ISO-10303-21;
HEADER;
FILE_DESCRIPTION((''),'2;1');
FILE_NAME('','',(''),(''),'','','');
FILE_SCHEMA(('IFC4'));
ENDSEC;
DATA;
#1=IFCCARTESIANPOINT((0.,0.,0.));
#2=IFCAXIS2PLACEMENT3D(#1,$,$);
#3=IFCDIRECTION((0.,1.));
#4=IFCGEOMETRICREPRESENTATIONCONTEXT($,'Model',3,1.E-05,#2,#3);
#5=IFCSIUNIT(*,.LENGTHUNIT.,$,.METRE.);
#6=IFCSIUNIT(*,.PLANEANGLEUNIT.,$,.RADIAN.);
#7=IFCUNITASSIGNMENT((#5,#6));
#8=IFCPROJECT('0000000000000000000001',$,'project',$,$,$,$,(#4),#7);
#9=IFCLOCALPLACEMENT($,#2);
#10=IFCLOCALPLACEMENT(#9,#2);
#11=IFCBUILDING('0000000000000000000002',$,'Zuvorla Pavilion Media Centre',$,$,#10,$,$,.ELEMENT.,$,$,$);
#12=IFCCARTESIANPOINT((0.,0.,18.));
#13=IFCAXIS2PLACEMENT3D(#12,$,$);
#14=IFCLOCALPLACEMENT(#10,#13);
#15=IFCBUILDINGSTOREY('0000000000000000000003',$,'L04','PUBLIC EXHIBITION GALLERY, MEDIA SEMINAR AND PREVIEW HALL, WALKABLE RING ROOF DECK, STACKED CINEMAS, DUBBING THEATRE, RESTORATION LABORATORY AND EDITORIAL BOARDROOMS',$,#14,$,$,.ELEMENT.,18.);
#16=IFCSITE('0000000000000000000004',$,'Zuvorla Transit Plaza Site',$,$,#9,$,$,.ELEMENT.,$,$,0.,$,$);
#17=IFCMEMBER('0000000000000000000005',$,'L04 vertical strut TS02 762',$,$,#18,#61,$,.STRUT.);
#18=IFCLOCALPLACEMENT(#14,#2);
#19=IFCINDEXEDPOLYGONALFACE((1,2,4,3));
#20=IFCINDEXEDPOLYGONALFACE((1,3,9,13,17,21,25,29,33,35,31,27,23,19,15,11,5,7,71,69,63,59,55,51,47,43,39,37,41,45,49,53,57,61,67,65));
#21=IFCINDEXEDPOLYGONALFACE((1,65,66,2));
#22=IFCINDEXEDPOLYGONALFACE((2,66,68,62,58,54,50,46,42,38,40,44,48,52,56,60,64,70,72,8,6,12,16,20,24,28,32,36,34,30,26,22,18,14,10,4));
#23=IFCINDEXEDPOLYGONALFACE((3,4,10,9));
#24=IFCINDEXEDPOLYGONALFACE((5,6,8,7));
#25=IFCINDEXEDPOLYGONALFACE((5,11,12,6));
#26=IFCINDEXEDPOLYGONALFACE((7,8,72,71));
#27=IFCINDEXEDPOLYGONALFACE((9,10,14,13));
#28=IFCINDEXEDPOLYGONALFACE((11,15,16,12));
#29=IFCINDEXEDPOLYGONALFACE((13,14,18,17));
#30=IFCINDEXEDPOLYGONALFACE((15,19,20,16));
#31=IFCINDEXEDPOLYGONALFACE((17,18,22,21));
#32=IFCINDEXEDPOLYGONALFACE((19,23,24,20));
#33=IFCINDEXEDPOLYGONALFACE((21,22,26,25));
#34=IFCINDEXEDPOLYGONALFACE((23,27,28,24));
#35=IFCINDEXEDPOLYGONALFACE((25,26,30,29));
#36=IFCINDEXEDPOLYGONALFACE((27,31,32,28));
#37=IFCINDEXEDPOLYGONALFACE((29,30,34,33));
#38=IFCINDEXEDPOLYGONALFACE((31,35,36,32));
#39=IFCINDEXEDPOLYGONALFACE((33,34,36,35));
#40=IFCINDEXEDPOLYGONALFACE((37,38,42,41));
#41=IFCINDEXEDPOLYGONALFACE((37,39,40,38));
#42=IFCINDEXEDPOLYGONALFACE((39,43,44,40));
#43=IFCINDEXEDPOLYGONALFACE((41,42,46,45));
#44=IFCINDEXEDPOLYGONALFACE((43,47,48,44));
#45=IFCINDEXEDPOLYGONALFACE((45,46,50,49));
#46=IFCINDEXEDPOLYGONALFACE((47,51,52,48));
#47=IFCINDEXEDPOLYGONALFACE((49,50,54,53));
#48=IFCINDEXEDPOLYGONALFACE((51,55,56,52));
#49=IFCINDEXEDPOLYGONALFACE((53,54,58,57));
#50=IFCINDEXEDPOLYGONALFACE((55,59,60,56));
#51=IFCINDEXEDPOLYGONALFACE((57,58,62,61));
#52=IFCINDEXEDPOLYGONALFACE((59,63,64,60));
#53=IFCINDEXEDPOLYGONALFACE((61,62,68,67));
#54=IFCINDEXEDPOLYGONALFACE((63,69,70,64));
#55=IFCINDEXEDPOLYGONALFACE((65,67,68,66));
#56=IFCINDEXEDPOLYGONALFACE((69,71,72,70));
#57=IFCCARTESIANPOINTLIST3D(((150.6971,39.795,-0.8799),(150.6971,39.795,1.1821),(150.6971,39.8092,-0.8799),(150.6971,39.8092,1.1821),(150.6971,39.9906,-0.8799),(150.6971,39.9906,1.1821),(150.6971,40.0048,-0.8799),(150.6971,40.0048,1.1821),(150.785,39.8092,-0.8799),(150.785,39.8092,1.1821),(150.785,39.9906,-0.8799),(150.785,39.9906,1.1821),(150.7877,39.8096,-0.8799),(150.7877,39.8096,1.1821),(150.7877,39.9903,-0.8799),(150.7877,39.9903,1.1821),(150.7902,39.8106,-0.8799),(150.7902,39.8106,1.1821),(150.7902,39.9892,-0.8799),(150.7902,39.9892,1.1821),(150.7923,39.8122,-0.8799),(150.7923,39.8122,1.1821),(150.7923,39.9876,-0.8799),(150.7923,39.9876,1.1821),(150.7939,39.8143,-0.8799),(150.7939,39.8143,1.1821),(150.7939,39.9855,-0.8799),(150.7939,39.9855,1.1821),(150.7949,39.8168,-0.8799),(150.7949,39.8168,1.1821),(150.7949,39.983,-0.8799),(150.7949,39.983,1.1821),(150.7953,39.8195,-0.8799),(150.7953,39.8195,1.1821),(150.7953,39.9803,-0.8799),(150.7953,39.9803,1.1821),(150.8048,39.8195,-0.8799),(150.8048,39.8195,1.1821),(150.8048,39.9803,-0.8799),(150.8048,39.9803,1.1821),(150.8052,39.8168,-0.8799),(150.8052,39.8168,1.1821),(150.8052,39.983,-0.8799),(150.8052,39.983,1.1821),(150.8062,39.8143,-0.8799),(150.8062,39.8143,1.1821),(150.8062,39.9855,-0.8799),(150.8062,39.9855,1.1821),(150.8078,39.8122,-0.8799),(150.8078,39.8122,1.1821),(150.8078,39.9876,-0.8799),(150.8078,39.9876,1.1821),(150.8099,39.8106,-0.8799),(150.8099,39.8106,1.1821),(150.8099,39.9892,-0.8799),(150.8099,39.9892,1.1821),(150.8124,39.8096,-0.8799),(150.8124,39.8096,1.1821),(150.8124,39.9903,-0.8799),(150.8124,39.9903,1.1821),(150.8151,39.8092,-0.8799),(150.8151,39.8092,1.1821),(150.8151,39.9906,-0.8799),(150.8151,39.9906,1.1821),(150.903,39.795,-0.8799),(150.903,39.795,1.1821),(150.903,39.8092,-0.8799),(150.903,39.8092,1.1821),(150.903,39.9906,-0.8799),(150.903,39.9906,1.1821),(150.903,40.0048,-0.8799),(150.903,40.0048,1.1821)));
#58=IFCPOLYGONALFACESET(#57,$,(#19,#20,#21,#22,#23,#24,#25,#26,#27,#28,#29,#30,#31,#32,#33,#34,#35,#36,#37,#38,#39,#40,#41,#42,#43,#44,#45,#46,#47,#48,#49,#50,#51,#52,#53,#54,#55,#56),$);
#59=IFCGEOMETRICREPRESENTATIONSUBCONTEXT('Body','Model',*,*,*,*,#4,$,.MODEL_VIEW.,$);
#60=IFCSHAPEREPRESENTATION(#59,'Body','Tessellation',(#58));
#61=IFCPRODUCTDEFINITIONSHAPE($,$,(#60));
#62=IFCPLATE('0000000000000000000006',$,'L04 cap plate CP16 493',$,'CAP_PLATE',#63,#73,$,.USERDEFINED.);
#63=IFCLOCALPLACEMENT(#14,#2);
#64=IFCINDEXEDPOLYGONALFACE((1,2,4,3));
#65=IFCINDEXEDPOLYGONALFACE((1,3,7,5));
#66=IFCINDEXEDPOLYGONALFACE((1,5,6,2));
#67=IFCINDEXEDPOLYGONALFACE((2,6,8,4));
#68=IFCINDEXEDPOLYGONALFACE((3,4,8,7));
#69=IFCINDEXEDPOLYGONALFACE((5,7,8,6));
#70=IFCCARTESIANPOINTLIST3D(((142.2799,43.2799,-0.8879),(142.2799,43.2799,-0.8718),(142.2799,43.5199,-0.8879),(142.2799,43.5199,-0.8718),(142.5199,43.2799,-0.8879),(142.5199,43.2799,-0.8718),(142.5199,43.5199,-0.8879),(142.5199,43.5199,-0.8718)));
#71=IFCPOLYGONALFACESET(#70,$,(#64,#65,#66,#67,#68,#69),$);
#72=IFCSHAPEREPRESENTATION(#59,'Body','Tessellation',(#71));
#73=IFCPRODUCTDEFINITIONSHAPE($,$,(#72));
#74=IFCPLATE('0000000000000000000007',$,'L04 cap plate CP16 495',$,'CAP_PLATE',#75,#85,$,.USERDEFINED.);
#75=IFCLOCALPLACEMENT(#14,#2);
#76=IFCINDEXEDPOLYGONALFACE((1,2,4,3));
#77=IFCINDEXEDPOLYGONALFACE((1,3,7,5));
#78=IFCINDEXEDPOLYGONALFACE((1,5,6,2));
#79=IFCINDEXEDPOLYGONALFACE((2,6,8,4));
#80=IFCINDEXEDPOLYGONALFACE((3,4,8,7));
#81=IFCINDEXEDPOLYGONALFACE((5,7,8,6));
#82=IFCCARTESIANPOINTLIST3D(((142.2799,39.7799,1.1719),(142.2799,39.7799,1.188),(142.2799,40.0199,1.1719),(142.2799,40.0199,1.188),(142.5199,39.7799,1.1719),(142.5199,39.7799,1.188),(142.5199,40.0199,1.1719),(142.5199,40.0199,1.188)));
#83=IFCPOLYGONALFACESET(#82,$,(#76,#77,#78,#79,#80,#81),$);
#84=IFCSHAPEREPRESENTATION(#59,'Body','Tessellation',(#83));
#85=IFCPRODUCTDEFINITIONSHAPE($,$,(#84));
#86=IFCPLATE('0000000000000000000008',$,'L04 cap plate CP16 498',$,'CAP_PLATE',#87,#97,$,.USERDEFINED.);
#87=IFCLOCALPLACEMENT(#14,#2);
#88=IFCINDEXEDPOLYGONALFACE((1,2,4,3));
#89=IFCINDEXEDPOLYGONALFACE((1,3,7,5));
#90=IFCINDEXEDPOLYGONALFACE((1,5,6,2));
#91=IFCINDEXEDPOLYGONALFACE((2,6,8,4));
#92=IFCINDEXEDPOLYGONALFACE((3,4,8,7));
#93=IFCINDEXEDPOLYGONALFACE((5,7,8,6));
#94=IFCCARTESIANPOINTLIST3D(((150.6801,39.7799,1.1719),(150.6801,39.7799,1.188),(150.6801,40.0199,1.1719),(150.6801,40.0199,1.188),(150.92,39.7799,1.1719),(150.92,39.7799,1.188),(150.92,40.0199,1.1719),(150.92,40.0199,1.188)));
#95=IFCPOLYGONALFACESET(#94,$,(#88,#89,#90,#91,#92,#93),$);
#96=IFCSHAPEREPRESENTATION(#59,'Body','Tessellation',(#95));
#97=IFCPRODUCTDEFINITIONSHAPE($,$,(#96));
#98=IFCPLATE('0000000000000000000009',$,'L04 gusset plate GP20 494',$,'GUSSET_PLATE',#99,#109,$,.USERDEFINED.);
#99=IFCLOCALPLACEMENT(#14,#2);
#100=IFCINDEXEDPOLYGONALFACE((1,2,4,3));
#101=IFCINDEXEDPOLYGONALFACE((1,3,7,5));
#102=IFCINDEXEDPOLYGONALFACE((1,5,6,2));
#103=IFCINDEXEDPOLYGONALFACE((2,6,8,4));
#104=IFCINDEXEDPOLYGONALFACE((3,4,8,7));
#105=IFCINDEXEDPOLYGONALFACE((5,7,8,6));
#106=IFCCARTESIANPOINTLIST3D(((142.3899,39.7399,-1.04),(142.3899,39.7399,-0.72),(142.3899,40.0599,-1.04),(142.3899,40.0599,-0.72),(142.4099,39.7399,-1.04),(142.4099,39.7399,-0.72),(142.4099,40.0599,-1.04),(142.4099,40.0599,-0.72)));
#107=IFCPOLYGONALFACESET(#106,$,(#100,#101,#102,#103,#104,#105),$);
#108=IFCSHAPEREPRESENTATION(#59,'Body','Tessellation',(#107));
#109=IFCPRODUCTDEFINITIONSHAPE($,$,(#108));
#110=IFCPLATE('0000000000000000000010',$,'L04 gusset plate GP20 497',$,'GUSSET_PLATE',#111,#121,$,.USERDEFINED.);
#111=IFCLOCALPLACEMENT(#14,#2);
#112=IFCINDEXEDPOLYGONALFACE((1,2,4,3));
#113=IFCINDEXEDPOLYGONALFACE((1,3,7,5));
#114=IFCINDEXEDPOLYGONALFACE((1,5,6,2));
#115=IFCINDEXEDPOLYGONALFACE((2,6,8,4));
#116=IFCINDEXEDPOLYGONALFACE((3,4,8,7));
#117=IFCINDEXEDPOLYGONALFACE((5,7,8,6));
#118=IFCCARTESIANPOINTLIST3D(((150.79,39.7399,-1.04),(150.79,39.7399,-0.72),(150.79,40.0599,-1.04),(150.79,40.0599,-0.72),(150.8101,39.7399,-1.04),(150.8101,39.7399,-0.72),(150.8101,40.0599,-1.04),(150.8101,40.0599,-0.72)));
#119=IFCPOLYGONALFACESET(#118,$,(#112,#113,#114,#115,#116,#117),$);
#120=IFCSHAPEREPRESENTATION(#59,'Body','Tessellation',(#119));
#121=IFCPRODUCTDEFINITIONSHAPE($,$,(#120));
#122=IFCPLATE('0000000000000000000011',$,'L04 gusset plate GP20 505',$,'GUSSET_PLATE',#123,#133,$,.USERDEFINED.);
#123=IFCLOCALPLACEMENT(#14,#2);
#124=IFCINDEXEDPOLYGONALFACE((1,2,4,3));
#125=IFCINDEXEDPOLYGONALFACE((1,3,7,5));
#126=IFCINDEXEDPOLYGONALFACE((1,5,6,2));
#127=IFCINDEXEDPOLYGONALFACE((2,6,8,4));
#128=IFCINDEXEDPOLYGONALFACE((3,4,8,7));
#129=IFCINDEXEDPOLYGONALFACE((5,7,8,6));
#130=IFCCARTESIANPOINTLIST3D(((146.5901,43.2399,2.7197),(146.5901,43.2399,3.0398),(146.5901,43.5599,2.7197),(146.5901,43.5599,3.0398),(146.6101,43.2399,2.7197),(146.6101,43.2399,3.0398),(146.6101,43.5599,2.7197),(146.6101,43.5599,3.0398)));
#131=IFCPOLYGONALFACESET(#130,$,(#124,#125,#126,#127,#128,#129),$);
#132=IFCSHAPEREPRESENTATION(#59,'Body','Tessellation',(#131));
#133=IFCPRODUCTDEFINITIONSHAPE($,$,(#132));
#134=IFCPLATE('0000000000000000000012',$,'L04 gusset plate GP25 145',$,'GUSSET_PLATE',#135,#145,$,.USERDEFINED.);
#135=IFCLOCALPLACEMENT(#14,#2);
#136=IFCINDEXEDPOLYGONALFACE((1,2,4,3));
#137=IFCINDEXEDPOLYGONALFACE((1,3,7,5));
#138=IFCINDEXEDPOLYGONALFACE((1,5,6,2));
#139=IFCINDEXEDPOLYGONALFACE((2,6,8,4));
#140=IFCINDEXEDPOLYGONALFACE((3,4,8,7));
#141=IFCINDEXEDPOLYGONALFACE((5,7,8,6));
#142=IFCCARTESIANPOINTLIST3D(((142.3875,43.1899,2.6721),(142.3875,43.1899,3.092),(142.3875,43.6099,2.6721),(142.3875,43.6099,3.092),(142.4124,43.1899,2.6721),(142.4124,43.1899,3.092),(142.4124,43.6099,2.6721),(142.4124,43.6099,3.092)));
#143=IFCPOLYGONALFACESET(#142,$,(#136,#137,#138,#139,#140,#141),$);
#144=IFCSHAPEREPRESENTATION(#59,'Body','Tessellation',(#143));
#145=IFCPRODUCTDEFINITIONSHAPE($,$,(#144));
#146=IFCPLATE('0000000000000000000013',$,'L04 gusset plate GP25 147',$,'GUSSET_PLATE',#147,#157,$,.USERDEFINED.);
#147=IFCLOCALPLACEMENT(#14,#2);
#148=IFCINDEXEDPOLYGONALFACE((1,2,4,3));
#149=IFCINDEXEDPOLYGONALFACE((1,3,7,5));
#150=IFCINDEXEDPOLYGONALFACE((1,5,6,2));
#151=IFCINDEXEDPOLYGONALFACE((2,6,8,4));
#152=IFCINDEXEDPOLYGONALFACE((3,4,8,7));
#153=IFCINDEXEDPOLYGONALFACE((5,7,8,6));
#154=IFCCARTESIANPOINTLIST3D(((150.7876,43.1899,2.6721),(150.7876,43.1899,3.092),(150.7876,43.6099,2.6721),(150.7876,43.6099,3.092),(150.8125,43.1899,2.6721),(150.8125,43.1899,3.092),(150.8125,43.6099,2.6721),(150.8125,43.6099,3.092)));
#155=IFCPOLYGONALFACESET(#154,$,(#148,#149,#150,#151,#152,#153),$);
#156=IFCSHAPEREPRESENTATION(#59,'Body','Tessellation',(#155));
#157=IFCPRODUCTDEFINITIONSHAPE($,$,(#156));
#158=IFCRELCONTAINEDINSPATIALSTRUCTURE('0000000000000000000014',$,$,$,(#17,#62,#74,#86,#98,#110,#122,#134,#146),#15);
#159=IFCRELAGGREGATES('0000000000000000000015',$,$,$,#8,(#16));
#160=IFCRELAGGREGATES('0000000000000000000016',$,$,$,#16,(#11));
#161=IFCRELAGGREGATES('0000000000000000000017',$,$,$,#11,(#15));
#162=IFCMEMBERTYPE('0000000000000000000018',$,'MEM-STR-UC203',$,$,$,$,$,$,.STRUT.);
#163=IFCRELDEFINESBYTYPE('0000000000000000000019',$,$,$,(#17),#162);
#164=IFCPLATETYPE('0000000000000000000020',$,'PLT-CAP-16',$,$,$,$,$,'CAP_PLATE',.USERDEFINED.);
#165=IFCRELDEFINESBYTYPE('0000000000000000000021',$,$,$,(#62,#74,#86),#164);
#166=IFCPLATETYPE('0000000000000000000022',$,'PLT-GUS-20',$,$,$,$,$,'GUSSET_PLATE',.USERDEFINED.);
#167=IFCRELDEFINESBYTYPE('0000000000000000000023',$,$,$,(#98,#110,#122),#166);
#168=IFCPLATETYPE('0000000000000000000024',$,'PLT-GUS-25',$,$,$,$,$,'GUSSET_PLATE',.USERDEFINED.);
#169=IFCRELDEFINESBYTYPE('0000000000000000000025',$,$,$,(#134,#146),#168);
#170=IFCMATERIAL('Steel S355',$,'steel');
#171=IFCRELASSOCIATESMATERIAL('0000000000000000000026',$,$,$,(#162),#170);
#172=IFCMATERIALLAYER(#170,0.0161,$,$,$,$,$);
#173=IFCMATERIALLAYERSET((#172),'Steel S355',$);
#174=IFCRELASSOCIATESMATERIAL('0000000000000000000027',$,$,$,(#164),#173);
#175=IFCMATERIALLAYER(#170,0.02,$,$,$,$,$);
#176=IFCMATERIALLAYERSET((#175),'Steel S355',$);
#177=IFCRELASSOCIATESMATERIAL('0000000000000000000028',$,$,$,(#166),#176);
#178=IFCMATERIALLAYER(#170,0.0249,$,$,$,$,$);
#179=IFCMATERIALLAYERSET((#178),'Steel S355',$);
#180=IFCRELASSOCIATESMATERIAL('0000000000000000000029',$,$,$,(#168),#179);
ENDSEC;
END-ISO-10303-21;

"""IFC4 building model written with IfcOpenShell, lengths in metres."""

from ifc_helpers import new_model, si_unit, direction, frame, origin, origin_2d, place, context, subcontext, project, spatial, rectangle, i_section, extrude, material, layer, layer_set, material_profile, profile_set, type_object, element, save


model = new_model("IFC4")

# Units and contexts
model_context = context("Model", 3, precision=1e-05, world=origin(), true_north=direction((0.0, 1.0)))
body_context = subcontext(model_context, "Body", "Model", "MODEL_VIEW")
ifc_project = project(units=[si_unit("LENGTHUNIT", "METRE"), si_unit("PLANEANGLEUNIT", "RADIAN")], contexts=[model_context])

# Site, building, storey
site_placement = place(None, origin())
site = spatial("IfcSite", under=ifc_project, at=site_placement, Name="Zuvorla Transit Plaza Site", CompositionType="ELEMENT", RefElevation=0.0)
building_placement = place(site_placement, origin())
building = spatial("IfcBuilding", under=site, at=building_placement, Name="Zuvorla Pavilion Media Centre", CompositionType="ELEMENT")
storey_placement = place(building_placement, frame((0.0, 0.0, 18.0)))
storey = spatial("IfcBuildingStorey", under=building, at=storey_placement, Name="L04", Description="PUBLIC EXHIBITION GALLERY, MEDIA SEMINAR AND PREVIEW HALL, WALKABLE RING ROOF DECK, STACKED CINEMAS, DUBBING THEATRE, RESTORATION LABORATORY AND EDITORIAL BOARDROOMS", CompositionType="ELEMENT", Elevation=18.0)

# Shared definitions
ifc_material_1 = material(Name="Steel S355", Category="steel")

# Member
ifc_material_profile_1 = material_profile(ifc_material_1, i_section(OverallWidth=0.2058, OverallDepth=0.2097, WebThickness=0.0095, FlangeThickness=0.0142, FilletRadius=0.0103, at=origin_2d()), Name="UC 203x203x60")
ifc_profile_set_1 = profile_set([ifc_material_profile_1], Name="Steel S355")
member_type_1 = type_object("IfcMemberType", Name="MEM-STR-UC203", PredefinedType="STRUT", material=ifc_profile_set_1)
member_1_placement = place(storey_placement, frame((150.8, 39.8999, -0.8799), z_axis=(0.0, 0.0, 1.0), x_axis=(1.0, 0.0, 0.0)))
element("IfcMember", 1, at=member_1_placement, inside=storey, type_object=member_type_1, Name="L04 vertical strut TS02 762", PredefinedType="STRUT", context=body_context, shape_type="SweptSolid", body=[
    extrude(i_section(OverallWidth=0.2058, OverallDepth=0.2097, WebThickness=0.0095, FlangeThickness=0.0142, FilletRadius=0.0103, at=origin_2d()), origin(), (0.0, 0.0, 1.0), 2.062),
])

# Plates
ifc_layer_1 = layer(ifc_material_1, 0.0161)
ifc_layer_set_1 = layer_set([ifc_layer_1], Name="Steel S355")
plate_type_1 = type_object("IfcPlateType", Name="PLT-CAP-16", ElementType="CAP_PLATE", PredefinedType="USERDEFINED", material=ifc_layer_set_1)
for number, where, z_axis, x_axis, name in (
    (2, (142.3999, 43.3999, -0.8879), (0.0, 0.0, 1.0), (1.0, 0.0, 0.0), "L04 cap plate CP16 493"),
    (3, (142.3999, 39.8999, 1.1719), (0.0, 0.0, 1.0), (1.0, 0.0, 0.0), "L04 cap plate CP16 495"),
    (4, (150.8, 39.8999, 1.1719), (0.0, 0.0, 1.0), (1.0, 0.0, 0.0), "L04 cap plate CP16 498"),
):
    element("IfcPlate", number, at=place(storey_placement, frame(where, z_axis=z_axis, x_axis=x_axis)), inside=storey, type_object=plate_type_1, Name=name, ObjectType="CAP_PLATE", PredefinedType="USERDEFINED", context=body_context, shape_type="SweptSolid", body=[
        extrude(rectangle(XDim=0.24, YDim=0.24, at=origin_2d()), origin(), (0.0, 0.0, 1.0), 0.0161),
    ])
ifc_layer_2 = layer(ifc_material_1, 0.02)
ifc_layer_set_2 = layer_set([ifc_layer_2], Name="Steel S355")
plate_type_2 = type_object("IfcPlateType", Name="PLT-GUS-20", ElementType="GUSSET_PLATE", PredefinedType="USERDEFINED", material=ifc_layer_set_2)
for number, where, z_axis, x_axis, name in (
    (5, (142.3999, 39.8999, -1.04), (0.0, 0.0, 1.0), (1.0, 0.0, 0.0), "L04 gusset plate GP20 494"),
    (6, (150.8, 39.8999, -1.04), (0.0, 0.0, 1.0), (1.0, 0.0, 0.0), "L04 gusset plate GP20 497"),
    (7, (146.6001, 43.3999, 2.7197), (0.0, 0.0, 1.0), (1.0, 0.0, 0.0), "L04 gusset plate GP20 505"),
):
    element("IfcPlate", number, at=place(storey_placement, frame(where, z_axis=z_axis, x_axis=x_axis)), inside=storey, type_object=plate_type_2, Name=name, ObjectType="GUSSET_PLATE", PredefinedType="USERDEFINED", context=body_context, shape_type="SweptSolid", body=[
        extrude(rectangle(XDim=0.02, YDim=0.3201, at=origin_2d()), origin(), (0.0, 0.0, 1.0), 0.3201),
    ])
ifc_layer_3 = layer(ifc_material_1, 0.0249)
ifc_layer_set_3 = layer_set([ifc_layer_3], Name="Steel S355")
plate_type_3 = type_object("IfcPlateType", Name="PLT-GUS-25", ElementType="GUSSET_PLATE", PredefinedType="USERDEFINED", material=ifc_layer_set_3)
for number, where, z_axis, x_axis, name in (
    (8, (142.3999, 43.3999, 2.6721), (0.0, 0.0, 1.0), (1.0, 0.0, 0.0), "L04 gusset plate GP25 145"),
    (9, (150.8, 43.3999, 2.6721), (0.0, 0.0, 1.0), (1.0, 0.0, 0.0), "L04 gusset plate GP25 147"),
):
    element("IfcPlate", number, at=place(storey_placement, frame(where, z_axis=z_axis, x_axis=x_axis)), inside=storey, type_object=plate_type_3, Name=name, ObjectType="GUSSET_PLATE", PredefinedType="USERDEFINED", context=body_context, shape_type="SweptSolid", body=[
        extrude(rectangle(XDim=0.0249, YDim=0.4199, at=origin_2d()), origin(), (0.0, 0.0, 1.0), 0.4199),
    ])

save(model, "model.ifc")
